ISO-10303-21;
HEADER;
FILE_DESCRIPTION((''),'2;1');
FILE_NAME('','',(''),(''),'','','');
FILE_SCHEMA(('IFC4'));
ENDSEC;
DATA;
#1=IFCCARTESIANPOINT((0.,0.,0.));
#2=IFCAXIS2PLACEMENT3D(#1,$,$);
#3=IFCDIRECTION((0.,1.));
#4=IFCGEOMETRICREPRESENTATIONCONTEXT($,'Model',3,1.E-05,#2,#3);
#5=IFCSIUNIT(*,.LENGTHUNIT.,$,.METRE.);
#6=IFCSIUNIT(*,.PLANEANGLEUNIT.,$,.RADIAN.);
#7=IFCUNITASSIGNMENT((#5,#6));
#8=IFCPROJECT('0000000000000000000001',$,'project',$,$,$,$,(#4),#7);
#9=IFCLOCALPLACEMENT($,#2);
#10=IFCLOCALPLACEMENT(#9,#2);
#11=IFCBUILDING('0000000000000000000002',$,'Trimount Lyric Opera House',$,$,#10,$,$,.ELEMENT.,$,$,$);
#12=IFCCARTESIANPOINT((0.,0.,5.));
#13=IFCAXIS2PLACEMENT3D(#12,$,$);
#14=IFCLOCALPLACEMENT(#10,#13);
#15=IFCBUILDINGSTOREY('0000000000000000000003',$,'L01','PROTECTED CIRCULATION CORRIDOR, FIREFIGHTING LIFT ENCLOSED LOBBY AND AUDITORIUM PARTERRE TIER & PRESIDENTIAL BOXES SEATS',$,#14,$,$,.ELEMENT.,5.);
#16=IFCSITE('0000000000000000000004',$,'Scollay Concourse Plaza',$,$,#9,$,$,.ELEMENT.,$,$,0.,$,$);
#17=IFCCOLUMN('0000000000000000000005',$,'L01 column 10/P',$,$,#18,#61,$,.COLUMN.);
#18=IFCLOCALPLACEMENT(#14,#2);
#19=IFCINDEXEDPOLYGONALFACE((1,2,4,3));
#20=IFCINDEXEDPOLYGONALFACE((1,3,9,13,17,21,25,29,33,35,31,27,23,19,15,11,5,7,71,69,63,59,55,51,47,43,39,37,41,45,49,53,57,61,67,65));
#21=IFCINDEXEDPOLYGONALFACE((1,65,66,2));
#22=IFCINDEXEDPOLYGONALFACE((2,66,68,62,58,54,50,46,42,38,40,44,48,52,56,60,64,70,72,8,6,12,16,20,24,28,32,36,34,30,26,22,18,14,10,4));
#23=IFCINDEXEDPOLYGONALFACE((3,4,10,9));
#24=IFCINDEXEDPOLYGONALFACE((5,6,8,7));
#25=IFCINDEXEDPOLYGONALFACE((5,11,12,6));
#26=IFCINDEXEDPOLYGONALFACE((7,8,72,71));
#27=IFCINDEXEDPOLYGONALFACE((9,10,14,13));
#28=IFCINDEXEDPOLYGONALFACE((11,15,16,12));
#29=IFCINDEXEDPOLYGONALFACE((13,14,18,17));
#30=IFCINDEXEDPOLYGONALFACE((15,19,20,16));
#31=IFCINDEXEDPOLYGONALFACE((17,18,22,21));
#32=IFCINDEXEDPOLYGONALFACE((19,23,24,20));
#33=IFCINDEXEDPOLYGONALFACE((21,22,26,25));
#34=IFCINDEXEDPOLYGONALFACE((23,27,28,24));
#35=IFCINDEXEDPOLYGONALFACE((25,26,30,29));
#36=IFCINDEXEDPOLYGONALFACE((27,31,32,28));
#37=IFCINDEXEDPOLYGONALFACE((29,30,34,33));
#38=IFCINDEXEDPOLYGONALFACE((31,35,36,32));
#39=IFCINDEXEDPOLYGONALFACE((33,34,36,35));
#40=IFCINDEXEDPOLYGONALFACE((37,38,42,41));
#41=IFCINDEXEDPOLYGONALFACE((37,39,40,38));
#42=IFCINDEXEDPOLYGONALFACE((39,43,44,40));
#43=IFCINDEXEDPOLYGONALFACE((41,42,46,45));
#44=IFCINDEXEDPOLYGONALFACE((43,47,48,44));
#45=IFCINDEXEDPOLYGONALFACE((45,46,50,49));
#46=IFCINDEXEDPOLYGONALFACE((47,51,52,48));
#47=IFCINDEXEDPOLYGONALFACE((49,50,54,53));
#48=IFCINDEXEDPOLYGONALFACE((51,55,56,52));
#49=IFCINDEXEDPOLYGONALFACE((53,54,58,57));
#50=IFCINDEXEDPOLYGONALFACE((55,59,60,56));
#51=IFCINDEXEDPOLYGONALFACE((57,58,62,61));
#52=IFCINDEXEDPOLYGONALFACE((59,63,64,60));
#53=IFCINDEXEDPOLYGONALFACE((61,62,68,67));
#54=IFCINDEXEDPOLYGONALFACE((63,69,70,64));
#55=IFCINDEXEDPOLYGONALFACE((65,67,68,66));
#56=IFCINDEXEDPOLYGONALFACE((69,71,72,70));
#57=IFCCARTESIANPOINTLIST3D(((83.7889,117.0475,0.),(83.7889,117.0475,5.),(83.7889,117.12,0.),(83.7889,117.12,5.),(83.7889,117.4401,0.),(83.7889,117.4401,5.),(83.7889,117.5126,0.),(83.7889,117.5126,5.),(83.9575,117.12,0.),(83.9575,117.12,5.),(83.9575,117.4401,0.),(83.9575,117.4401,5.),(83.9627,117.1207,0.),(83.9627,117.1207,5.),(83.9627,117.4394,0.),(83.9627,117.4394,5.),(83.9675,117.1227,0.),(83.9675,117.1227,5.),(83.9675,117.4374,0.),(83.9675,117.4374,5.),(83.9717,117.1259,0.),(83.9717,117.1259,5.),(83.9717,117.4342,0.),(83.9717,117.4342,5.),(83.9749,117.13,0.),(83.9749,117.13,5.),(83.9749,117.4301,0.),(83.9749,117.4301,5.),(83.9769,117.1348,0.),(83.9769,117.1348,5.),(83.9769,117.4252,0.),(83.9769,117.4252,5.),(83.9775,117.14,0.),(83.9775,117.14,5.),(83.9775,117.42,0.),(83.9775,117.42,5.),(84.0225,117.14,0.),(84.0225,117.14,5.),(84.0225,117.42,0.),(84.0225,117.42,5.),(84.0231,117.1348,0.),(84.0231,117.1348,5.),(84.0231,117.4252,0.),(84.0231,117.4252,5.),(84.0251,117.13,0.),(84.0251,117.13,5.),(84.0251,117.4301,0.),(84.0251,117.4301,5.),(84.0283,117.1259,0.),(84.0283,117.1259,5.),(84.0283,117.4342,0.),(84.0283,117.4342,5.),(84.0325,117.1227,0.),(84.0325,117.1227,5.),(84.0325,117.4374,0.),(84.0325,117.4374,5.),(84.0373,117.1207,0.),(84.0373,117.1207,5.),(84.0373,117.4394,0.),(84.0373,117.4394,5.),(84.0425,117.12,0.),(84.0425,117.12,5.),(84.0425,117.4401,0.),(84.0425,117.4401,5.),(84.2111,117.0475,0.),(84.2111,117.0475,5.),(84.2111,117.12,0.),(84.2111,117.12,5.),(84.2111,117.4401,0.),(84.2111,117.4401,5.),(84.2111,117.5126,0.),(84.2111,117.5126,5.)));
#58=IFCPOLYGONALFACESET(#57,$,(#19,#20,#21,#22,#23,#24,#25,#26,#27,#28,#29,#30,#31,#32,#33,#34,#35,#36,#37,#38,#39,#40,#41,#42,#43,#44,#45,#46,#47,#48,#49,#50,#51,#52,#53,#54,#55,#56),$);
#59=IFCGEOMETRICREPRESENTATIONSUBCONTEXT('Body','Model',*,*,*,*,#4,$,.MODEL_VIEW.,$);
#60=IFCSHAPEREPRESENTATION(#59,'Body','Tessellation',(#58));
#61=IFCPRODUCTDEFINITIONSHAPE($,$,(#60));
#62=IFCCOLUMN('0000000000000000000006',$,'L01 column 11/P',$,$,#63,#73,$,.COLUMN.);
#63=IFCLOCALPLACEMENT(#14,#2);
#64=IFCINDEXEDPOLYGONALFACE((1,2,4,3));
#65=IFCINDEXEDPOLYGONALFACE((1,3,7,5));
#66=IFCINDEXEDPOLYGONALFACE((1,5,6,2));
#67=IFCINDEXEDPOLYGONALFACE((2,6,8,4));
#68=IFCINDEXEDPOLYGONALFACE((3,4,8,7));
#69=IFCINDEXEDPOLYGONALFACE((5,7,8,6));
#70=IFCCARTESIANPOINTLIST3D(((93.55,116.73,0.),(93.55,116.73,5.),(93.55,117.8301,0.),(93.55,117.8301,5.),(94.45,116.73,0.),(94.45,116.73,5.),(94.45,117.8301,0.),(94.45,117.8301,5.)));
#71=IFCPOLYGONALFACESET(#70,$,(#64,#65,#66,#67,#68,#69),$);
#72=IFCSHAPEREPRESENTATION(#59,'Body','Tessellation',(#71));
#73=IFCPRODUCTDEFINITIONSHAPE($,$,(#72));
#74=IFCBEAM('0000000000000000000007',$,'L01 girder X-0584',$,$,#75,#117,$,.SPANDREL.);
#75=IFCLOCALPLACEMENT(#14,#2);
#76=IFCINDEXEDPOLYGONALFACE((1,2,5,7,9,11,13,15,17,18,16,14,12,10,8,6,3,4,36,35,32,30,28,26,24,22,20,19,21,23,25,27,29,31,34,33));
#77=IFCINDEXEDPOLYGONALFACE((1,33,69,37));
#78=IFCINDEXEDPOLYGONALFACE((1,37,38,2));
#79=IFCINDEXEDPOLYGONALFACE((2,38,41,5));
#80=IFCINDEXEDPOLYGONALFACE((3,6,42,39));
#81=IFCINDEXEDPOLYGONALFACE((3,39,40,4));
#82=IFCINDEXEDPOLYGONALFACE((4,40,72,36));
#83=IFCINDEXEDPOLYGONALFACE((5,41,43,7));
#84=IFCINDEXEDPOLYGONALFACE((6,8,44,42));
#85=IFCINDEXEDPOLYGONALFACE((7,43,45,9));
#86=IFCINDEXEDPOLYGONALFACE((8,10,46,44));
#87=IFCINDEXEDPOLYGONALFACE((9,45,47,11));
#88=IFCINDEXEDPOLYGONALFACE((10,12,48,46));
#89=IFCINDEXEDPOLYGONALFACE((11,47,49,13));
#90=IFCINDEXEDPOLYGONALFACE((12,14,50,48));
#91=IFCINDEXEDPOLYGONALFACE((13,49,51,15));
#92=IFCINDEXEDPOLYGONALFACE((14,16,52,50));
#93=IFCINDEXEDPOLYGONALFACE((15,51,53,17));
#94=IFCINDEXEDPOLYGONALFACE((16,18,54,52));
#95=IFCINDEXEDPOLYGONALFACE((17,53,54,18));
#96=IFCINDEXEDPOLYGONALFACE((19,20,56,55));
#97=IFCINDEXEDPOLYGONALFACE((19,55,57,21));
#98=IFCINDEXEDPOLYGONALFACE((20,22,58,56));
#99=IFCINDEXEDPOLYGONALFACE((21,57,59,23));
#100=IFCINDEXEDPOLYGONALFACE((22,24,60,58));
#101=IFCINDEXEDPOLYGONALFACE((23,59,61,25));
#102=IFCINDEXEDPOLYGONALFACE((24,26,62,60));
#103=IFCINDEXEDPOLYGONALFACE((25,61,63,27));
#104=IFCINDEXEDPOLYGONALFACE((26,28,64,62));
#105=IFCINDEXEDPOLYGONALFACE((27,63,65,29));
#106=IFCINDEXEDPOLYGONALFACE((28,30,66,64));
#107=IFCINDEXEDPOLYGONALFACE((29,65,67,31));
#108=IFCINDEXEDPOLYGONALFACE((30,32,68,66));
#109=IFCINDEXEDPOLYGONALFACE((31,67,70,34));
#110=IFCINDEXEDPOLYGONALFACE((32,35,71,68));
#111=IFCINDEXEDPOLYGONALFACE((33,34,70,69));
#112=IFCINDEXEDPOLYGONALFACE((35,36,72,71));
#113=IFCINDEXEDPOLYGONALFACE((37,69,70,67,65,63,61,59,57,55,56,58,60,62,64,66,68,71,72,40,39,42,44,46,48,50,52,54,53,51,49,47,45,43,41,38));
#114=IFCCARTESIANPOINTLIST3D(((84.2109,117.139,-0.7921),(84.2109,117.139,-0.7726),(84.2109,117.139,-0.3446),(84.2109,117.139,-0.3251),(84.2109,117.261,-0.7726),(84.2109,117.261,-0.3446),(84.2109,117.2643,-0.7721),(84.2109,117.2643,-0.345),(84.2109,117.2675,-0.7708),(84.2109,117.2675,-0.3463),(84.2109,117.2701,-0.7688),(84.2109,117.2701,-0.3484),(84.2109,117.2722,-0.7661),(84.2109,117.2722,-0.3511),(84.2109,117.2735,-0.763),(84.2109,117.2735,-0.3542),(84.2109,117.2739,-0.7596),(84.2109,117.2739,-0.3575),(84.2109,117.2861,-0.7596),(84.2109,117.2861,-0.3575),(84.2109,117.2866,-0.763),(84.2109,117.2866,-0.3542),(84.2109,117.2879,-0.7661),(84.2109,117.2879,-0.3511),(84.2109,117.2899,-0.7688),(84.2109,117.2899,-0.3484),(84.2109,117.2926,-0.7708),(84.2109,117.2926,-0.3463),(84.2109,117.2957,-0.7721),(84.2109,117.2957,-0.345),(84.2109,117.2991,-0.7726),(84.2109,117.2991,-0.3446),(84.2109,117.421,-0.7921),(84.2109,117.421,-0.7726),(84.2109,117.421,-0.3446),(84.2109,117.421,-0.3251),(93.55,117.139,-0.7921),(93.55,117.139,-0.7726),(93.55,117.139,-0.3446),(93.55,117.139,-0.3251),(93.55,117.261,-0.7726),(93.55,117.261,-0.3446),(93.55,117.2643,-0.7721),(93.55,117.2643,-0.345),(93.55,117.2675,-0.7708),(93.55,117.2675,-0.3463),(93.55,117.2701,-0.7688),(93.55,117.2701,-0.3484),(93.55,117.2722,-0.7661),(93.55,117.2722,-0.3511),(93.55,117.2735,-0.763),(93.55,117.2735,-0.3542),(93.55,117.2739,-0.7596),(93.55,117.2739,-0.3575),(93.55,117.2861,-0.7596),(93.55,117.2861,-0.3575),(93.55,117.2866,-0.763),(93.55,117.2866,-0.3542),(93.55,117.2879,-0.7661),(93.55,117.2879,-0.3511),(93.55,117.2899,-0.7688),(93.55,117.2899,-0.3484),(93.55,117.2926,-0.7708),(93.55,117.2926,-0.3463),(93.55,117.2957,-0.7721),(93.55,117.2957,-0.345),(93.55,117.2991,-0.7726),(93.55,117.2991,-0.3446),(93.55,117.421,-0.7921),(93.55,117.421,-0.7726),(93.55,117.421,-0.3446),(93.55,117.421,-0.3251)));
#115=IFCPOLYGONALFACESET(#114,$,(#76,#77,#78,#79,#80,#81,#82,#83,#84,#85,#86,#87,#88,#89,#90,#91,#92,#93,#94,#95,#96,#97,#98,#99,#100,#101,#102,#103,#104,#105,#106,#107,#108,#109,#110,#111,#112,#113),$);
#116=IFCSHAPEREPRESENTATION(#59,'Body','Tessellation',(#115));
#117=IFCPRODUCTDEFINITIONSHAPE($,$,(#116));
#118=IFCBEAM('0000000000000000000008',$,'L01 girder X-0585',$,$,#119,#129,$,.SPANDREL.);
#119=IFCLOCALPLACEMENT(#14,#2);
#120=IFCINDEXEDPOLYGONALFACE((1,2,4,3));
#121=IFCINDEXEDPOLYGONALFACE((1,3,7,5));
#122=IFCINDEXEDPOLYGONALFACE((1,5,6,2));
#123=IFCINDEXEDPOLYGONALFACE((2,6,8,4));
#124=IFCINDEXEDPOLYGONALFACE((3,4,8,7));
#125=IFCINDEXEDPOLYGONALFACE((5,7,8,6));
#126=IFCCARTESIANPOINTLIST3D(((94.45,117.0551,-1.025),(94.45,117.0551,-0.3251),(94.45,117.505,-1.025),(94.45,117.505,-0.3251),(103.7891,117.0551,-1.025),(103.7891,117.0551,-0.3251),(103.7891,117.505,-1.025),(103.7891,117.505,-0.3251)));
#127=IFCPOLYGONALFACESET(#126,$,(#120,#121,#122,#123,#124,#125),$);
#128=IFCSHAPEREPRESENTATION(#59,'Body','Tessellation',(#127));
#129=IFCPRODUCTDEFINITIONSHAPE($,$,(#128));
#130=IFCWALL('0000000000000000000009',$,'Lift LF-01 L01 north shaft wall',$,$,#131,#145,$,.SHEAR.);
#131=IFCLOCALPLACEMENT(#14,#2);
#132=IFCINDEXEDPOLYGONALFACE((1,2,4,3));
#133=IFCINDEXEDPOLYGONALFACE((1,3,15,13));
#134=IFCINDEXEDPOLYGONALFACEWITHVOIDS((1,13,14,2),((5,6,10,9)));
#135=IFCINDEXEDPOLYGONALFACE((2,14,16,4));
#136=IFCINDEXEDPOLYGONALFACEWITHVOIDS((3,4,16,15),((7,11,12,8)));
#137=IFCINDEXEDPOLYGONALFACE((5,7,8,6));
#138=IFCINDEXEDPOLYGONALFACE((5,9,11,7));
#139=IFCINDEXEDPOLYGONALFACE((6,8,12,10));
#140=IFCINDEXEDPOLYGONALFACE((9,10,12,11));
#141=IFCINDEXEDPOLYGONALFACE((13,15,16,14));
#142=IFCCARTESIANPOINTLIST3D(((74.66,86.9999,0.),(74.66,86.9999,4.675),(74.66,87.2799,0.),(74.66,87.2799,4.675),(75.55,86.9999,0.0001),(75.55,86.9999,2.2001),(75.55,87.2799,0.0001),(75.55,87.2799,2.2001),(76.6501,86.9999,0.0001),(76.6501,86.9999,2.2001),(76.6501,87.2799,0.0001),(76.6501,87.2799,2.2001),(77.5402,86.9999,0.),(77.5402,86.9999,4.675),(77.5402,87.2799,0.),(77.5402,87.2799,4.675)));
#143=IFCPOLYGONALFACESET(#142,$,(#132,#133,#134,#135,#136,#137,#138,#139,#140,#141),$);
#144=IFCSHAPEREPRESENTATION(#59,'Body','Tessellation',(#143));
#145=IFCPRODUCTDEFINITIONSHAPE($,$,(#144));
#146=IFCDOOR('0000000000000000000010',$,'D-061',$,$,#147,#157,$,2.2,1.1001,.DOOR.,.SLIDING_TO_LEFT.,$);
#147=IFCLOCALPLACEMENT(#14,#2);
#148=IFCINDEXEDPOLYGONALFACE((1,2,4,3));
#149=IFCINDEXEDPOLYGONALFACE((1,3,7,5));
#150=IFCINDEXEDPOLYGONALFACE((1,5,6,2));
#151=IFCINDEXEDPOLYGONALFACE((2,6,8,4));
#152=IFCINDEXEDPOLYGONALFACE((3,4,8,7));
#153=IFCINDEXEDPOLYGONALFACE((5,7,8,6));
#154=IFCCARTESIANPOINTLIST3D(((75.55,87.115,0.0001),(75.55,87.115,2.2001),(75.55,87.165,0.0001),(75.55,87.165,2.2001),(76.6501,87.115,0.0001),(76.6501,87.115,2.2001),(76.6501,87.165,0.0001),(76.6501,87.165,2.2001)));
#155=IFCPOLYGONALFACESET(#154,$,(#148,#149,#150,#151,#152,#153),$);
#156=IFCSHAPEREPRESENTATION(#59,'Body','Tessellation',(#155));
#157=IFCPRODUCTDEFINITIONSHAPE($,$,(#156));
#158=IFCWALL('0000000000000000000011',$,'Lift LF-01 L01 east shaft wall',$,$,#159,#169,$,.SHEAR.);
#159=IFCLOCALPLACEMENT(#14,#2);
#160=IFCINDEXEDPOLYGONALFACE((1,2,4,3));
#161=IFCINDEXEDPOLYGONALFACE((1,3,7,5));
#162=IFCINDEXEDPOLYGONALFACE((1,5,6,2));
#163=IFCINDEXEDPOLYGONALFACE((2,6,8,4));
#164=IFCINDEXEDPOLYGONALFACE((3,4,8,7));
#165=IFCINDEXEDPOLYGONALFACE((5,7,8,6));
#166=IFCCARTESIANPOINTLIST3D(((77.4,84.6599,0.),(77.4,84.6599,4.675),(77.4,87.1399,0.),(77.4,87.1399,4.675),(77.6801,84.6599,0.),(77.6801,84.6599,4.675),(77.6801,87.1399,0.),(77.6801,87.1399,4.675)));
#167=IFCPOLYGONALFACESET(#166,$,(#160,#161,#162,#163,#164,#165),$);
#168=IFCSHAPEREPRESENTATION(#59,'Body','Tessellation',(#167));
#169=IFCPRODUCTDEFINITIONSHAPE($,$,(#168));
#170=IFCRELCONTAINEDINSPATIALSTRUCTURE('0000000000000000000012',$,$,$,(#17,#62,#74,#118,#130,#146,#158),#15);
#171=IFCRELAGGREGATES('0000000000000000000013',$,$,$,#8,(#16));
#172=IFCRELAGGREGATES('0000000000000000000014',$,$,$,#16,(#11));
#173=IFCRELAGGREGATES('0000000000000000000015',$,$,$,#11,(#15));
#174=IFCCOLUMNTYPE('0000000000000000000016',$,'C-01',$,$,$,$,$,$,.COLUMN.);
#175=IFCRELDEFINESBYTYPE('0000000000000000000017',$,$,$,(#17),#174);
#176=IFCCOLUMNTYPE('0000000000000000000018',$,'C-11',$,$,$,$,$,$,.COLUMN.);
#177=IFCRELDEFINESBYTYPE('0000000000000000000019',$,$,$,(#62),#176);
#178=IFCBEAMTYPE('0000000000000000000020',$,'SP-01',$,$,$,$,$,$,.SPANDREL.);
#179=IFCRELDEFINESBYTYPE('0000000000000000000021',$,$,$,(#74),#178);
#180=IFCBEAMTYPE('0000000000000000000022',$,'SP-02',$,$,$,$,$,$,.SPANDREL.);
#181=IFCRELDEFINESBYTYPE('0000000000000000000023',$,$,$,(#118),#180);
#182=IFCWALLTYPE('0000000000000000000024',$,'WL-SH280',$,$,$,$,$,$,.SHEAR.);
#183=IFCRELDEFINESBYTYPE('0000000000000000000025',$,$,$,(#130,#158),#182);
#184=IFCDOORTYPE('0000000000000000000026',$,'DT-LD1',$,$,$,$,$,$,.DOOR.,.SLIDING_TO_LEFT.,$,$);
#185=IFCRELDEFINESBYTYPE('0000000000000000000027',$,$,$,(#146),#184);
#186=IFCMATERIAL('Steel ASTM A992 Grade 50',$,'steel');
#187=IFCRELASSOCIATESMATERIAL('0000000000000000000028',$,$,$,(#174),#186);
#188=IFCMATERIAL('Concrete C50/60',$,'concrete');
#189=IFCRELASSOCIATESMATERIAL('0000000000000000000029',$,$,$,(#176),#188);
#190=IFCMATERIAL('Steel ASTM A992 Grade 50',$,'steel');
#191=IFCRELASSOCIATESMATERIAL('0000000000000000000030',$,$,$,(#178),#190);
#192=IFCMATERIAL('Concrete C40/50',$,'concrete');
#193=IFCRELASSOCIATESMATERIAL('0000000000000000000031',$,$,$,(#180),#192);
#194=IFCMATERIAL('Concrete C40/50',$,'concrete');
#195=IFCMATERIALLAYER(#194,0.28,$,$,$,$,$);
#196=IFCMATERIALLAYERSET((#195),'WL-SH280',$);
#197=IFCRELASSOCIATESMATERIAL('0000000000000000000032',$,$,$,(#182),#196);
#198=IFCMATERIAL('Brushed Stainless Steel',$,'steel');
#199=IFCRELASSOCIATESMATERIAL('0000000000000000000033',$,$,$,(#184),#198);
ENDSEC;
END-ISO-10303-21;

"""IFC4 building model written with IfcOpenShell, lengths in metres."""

from ifc_helpers import new_model, si_unit, direction, frame, frame_2d, origin, origin_2d, place, context, subcontext, project, spatial, rectangle, i_section, extrude, material, layer, layer_set, material_profile, profile_set, type_object, element, fill, save


model = new_model("IFC4")

# Units and contexts
model_context = context("Model", 3, precision=1e-05, world=origin(), true_north=direction((0.0, 1.0)))
body_context = subcontext(model_context, "Body", "Model", "MODEL_VIEW")
ifc_project = project(units=[si_unit("LENGTHUNIT", "METRE"), si_unit("PLANEANGLEUNIT", "RADIAN")], contexts=[model_context])

# Site, building, storey
site_placement = place(None, origin())
site = spatial("IfcSite", under=ifc_project, at=site_placement, Name="Scollay Concourse Plaza", CompositionType="ELEMENT", RefElevation=0.0)
building_placement = place(site_placement, origin())
building = spatial("IfcBuilding", under=site, at=building_placement, Name="Trimount Lyric Opera House", CompositionType="ELEMENT")
storey_placement = place(building_placement, frame((0.0, 0.0, 5.0)))
storey = spatial("IfcBuildingStorey", under=building, at=storey_placement, Name="L01", Description="PROTECTED CIRCULATION CORRIDOR, FIREFIGHTING LIFT ENCLOSED LOBBY AND AUDITORIUM PARTERRE TIER & PRESIDENTIAL BOXES SEATS", CompositionType="ELEMENT", Elevation=5.0)

# Columns
ifc_material_1 = material(Name="Steel ASTM A992 Grade 50", Category="steel")
ifc_material_profile_1 = material_profile(ifc_material_1, i_section(OverallWidth=0.4221, OverallDepth=0.4651, WebThickness=0.0449, FlangeThickness=0.0725, FilletRadius=0.02, at=origin_2d()), Name="W14X398")
ifc_profile_set_1 = profile_set([ifc_material_profile_1], Name="Steel ASTM A992 Grade 50")
column_type_1 = type_object("IfcColumnType", Name="C-01", PredefinedType="COLUMN", material=ifc_profile_set_1)
column_1_placement = place(storey_placement, frame((84.0, 117.28, 0.0), z_axis=(0.0, 0.0, 1.0), x_axis=(1.0, 0.0, 0.0)))
element("IfcColumn", 1, at=column_1_placement, inside=storey, type_object=column_type_1, Name="L01 column 10/P", PredefinedType="COLUMN", context=body_context, shape_type="SweptSolid", body=[
    extrude(i_section(OverallWidth=0.4221, OverallDepth=0.4651, WebThickness=0.0449, FlangeThickness=0.0725, FilletRadius=0.02, at=origin_2d()), origin(), (0.0, 0.0, 1.0), 5.0),
])
ifc_material_2 = material(Name="Concrete C50/60", Category="concrete")
ifc_material_profile_2 = material_profile(ifc_material_2, rectangle(XDim=0.8999, YDim=1.1001, at=origin_2d()), Name="RC1100X900")
ifc_profile_set_2 = profile_set([ifc_material_profile_2], Name="Concrete C50/60")
column_type_2 = type_object("IfcColumnType", Name="C-11", PredefinedType="COLUMN", material=ifc_profile_set_2)
column_2_placement = place(storey_placement, frame((94.0, 117.28, 0.0), z_axis=(0.0, 0.0, 1.0), x_axis=(1.0, 0.0, 0.0)))
element("IfcColumn", 2, at=column_2_placement, inside=storey, type_object=column_type_2, Name="L01 column 11/P", PredefinedType="COLUMN", context=body_context, shape_type="SweptSolid", body=[
    extrude(rectangle(XDim=0.8999, YDim=1.1001, at=origin_2d()), origin(), (0.0, 0.0, 1.0), 5.0),
])

# Beams
ifc_material_3 = material(Name="Steel ASTM A992 Grade 50", Category="steel")
ifc_material_profile_3 = material_profile(ifc_material_3, i_section(OverallWidth=0.282, OverallDepth=0.467, WebThickness=0.0122, FlangeThickness=0.0195, FilletRadius=0.0129, at=origin_2d()), Name="W18X86")
ifc_profile_set_3 = profile_set([ifc_material_profile_3], Name="Steel ASTM A992 Grade 50")
beam_type_1 = type_object("IfcBeamType", Name="SP-01", PredefinedType="SPANDREL", material=ifc_profile_set_3)
beam_1_placement = place(storey_placement, frame((84.2109, 117.28, -0.5586), z_axis=(1.0, 0.0, 0.0), x_axis=(0.0, 1.0, 0.0)))
element("IfcBeam", 3, at=beam_1_placement, inside=storey, type_object=beam_type_1, Name="L01 girder X-0584", PredefinedType="SPANDREL", context=body_context, shape_type="SweptSolid", body=[
    extrude(i_section(OverallWidth=0.282, OverallDepth=0.467, WebThickness=0.0122, FlangeThickness=0.0195, FilletRadius=0.0129, at=origin_2d()), origin(), (0.0, 0.0, 1.0), 9.3391),
])
ifc_material_4 = material(Name="Concrete C40/50", Category="concrete")
ifc_material_profile_4 = material_profile(ifc_material_4, rectangle(XDim=0.45, YDim=0.7, at=origin_2d()), Name="RC450X700")
ifc_profile_set_4 = profile_set([ifc_material_profile_4], Name="Concrete C40/50")
beam_type_2 = type_object("IfcBeamType", Name="SP-02", PredefinedType="SPANDREL", material=ifc_profile_set_4)
beam_2_placement = place(storey_placement, frame((94.45, 117.28, -0.675), z_axis=(1.0, 0.0, 0.0), x_axis=(0.0, 1.0, 0.0)))
element("IfcBeam", 4, at=beam_2_placement, inside=storey, type_object=beam_type_2, Name="L01 girder X-0585", PredefinedType="SPANDREL", context=body_context, shape_type="SweptSolid", body=[
    extrude(rectangle(XDim=0.45, YDim=0.7, at=origin_2d()), origin(), (0.0, 0.0, 1.0), 9.3391),
])

# Wall, opening, door
ifc_material_5 = material(Name="Concrete C40/50", Category="concrete")
ifc_layer_1 = layer(ifc_material_5, 0.28)
ifc_layer_set_1 = layer_set([ifc_layer_1], Name="WL-SH280")
wall_type_1 = type_object("IfcWallType", Name="WL-SH280", PredefinedType="SHEAR", material=ifc_layer_set_1)
wall_1_placement = place(storey_placement, frame((77.54, 87.1399, 0.0), z_axis=(0.0, 0.0, 1.0), x_axis=(-1.0, 0.0, 0.0)))
wall_1 = element("IfcWall", 5, at=wall_1_placement, inside=storey, type_object=wall_type_1, Name="Lift LF-01 L01 north shaft wall", PredefinedType="SHEAR", context=body_context, shape_type="SweptSolid", body=[
    extrude(rectangle(XDim=2.8801, YDim=0.28, at=frame_2d((1.4399, 0.0))), origin(), (0.0, 0.0, 1.0), 4.675),
])
opening_1_placement = place(wall_1_placement, frame((0.8899, 0.0, 0.0)))
opening_1 = element("IfcOpeningElement", 6, at=opening_1_placement, cuts=wall_1, PredefinedType="OPENING", context=body_context, shape_type="SweptSolid", body=[
    extrude(rectangle(XDim=1.1001, YDim=2.2, at=frame_2d((0.55, 1.1001))), frame((0.0, 0.1499, 0.0), z_axis=(0.0, -1.0, 0.0), x_axis=(1.0, 0.0, 0.0)), (0.0, 0.0, 1.0), 0.3),
])
ifc_material_6 = material(Name="Brushed Stainless Steel", Category="steel")
door_type = type_object("IfcDoorType", Name="DT-LD1", OperationType="SLIDING_TO_LEFT", PredefinedType="DOOR", material=ifc_material_6)
door_1_placement = place(opening_1_placement, origin())
door_1 = element("IfcDoor", 7, at=door_1_placement, inside=storey, type_object=door_type, Name="D-061", OperationType="SLIDING_TO_LEFT", OverallHeight=2.2, OverallWidth=1.1001, PredefinedType="DOOR", context=body_context, shape_type="SweptSolid", body=[
    extrude(rectangle(XDim=1.1001, YDim=2.2, at=frame_2d((0.55, 1.1001))), frame((0.0, 0.0249, 0.0), z_axis=(0.0, -1.0, 0.0), x_axis=(1.0, 0.0, 0.0)), (0.0, 0.0, 1.0), 0.05),
])
fill(opening_1, door_1)

# Wall
wall_2_placement = place(storey_placement, frame((77.54, 84.6599, 0.0), z_axis=(0.0, 0.0, 1.0), x_axis=(0.0, 1.0, 0.0)))
element("IfcWall", 8, at=wall_2_placement, inside=storey, type_object=wall_type_1, Name="Lift LF-01 L01 east shaft wall", PredefinedType="SHEAR", context=body_context, shape_type="SweptSolid", body=[
    extrude(rectangle(XDim=2.48, YDim=0.28, at=frame_2d((1.24, 0.0))), origin(), (0.0, 0.0, 1.0), 4.675),
])

save(model, "model.ifc")
